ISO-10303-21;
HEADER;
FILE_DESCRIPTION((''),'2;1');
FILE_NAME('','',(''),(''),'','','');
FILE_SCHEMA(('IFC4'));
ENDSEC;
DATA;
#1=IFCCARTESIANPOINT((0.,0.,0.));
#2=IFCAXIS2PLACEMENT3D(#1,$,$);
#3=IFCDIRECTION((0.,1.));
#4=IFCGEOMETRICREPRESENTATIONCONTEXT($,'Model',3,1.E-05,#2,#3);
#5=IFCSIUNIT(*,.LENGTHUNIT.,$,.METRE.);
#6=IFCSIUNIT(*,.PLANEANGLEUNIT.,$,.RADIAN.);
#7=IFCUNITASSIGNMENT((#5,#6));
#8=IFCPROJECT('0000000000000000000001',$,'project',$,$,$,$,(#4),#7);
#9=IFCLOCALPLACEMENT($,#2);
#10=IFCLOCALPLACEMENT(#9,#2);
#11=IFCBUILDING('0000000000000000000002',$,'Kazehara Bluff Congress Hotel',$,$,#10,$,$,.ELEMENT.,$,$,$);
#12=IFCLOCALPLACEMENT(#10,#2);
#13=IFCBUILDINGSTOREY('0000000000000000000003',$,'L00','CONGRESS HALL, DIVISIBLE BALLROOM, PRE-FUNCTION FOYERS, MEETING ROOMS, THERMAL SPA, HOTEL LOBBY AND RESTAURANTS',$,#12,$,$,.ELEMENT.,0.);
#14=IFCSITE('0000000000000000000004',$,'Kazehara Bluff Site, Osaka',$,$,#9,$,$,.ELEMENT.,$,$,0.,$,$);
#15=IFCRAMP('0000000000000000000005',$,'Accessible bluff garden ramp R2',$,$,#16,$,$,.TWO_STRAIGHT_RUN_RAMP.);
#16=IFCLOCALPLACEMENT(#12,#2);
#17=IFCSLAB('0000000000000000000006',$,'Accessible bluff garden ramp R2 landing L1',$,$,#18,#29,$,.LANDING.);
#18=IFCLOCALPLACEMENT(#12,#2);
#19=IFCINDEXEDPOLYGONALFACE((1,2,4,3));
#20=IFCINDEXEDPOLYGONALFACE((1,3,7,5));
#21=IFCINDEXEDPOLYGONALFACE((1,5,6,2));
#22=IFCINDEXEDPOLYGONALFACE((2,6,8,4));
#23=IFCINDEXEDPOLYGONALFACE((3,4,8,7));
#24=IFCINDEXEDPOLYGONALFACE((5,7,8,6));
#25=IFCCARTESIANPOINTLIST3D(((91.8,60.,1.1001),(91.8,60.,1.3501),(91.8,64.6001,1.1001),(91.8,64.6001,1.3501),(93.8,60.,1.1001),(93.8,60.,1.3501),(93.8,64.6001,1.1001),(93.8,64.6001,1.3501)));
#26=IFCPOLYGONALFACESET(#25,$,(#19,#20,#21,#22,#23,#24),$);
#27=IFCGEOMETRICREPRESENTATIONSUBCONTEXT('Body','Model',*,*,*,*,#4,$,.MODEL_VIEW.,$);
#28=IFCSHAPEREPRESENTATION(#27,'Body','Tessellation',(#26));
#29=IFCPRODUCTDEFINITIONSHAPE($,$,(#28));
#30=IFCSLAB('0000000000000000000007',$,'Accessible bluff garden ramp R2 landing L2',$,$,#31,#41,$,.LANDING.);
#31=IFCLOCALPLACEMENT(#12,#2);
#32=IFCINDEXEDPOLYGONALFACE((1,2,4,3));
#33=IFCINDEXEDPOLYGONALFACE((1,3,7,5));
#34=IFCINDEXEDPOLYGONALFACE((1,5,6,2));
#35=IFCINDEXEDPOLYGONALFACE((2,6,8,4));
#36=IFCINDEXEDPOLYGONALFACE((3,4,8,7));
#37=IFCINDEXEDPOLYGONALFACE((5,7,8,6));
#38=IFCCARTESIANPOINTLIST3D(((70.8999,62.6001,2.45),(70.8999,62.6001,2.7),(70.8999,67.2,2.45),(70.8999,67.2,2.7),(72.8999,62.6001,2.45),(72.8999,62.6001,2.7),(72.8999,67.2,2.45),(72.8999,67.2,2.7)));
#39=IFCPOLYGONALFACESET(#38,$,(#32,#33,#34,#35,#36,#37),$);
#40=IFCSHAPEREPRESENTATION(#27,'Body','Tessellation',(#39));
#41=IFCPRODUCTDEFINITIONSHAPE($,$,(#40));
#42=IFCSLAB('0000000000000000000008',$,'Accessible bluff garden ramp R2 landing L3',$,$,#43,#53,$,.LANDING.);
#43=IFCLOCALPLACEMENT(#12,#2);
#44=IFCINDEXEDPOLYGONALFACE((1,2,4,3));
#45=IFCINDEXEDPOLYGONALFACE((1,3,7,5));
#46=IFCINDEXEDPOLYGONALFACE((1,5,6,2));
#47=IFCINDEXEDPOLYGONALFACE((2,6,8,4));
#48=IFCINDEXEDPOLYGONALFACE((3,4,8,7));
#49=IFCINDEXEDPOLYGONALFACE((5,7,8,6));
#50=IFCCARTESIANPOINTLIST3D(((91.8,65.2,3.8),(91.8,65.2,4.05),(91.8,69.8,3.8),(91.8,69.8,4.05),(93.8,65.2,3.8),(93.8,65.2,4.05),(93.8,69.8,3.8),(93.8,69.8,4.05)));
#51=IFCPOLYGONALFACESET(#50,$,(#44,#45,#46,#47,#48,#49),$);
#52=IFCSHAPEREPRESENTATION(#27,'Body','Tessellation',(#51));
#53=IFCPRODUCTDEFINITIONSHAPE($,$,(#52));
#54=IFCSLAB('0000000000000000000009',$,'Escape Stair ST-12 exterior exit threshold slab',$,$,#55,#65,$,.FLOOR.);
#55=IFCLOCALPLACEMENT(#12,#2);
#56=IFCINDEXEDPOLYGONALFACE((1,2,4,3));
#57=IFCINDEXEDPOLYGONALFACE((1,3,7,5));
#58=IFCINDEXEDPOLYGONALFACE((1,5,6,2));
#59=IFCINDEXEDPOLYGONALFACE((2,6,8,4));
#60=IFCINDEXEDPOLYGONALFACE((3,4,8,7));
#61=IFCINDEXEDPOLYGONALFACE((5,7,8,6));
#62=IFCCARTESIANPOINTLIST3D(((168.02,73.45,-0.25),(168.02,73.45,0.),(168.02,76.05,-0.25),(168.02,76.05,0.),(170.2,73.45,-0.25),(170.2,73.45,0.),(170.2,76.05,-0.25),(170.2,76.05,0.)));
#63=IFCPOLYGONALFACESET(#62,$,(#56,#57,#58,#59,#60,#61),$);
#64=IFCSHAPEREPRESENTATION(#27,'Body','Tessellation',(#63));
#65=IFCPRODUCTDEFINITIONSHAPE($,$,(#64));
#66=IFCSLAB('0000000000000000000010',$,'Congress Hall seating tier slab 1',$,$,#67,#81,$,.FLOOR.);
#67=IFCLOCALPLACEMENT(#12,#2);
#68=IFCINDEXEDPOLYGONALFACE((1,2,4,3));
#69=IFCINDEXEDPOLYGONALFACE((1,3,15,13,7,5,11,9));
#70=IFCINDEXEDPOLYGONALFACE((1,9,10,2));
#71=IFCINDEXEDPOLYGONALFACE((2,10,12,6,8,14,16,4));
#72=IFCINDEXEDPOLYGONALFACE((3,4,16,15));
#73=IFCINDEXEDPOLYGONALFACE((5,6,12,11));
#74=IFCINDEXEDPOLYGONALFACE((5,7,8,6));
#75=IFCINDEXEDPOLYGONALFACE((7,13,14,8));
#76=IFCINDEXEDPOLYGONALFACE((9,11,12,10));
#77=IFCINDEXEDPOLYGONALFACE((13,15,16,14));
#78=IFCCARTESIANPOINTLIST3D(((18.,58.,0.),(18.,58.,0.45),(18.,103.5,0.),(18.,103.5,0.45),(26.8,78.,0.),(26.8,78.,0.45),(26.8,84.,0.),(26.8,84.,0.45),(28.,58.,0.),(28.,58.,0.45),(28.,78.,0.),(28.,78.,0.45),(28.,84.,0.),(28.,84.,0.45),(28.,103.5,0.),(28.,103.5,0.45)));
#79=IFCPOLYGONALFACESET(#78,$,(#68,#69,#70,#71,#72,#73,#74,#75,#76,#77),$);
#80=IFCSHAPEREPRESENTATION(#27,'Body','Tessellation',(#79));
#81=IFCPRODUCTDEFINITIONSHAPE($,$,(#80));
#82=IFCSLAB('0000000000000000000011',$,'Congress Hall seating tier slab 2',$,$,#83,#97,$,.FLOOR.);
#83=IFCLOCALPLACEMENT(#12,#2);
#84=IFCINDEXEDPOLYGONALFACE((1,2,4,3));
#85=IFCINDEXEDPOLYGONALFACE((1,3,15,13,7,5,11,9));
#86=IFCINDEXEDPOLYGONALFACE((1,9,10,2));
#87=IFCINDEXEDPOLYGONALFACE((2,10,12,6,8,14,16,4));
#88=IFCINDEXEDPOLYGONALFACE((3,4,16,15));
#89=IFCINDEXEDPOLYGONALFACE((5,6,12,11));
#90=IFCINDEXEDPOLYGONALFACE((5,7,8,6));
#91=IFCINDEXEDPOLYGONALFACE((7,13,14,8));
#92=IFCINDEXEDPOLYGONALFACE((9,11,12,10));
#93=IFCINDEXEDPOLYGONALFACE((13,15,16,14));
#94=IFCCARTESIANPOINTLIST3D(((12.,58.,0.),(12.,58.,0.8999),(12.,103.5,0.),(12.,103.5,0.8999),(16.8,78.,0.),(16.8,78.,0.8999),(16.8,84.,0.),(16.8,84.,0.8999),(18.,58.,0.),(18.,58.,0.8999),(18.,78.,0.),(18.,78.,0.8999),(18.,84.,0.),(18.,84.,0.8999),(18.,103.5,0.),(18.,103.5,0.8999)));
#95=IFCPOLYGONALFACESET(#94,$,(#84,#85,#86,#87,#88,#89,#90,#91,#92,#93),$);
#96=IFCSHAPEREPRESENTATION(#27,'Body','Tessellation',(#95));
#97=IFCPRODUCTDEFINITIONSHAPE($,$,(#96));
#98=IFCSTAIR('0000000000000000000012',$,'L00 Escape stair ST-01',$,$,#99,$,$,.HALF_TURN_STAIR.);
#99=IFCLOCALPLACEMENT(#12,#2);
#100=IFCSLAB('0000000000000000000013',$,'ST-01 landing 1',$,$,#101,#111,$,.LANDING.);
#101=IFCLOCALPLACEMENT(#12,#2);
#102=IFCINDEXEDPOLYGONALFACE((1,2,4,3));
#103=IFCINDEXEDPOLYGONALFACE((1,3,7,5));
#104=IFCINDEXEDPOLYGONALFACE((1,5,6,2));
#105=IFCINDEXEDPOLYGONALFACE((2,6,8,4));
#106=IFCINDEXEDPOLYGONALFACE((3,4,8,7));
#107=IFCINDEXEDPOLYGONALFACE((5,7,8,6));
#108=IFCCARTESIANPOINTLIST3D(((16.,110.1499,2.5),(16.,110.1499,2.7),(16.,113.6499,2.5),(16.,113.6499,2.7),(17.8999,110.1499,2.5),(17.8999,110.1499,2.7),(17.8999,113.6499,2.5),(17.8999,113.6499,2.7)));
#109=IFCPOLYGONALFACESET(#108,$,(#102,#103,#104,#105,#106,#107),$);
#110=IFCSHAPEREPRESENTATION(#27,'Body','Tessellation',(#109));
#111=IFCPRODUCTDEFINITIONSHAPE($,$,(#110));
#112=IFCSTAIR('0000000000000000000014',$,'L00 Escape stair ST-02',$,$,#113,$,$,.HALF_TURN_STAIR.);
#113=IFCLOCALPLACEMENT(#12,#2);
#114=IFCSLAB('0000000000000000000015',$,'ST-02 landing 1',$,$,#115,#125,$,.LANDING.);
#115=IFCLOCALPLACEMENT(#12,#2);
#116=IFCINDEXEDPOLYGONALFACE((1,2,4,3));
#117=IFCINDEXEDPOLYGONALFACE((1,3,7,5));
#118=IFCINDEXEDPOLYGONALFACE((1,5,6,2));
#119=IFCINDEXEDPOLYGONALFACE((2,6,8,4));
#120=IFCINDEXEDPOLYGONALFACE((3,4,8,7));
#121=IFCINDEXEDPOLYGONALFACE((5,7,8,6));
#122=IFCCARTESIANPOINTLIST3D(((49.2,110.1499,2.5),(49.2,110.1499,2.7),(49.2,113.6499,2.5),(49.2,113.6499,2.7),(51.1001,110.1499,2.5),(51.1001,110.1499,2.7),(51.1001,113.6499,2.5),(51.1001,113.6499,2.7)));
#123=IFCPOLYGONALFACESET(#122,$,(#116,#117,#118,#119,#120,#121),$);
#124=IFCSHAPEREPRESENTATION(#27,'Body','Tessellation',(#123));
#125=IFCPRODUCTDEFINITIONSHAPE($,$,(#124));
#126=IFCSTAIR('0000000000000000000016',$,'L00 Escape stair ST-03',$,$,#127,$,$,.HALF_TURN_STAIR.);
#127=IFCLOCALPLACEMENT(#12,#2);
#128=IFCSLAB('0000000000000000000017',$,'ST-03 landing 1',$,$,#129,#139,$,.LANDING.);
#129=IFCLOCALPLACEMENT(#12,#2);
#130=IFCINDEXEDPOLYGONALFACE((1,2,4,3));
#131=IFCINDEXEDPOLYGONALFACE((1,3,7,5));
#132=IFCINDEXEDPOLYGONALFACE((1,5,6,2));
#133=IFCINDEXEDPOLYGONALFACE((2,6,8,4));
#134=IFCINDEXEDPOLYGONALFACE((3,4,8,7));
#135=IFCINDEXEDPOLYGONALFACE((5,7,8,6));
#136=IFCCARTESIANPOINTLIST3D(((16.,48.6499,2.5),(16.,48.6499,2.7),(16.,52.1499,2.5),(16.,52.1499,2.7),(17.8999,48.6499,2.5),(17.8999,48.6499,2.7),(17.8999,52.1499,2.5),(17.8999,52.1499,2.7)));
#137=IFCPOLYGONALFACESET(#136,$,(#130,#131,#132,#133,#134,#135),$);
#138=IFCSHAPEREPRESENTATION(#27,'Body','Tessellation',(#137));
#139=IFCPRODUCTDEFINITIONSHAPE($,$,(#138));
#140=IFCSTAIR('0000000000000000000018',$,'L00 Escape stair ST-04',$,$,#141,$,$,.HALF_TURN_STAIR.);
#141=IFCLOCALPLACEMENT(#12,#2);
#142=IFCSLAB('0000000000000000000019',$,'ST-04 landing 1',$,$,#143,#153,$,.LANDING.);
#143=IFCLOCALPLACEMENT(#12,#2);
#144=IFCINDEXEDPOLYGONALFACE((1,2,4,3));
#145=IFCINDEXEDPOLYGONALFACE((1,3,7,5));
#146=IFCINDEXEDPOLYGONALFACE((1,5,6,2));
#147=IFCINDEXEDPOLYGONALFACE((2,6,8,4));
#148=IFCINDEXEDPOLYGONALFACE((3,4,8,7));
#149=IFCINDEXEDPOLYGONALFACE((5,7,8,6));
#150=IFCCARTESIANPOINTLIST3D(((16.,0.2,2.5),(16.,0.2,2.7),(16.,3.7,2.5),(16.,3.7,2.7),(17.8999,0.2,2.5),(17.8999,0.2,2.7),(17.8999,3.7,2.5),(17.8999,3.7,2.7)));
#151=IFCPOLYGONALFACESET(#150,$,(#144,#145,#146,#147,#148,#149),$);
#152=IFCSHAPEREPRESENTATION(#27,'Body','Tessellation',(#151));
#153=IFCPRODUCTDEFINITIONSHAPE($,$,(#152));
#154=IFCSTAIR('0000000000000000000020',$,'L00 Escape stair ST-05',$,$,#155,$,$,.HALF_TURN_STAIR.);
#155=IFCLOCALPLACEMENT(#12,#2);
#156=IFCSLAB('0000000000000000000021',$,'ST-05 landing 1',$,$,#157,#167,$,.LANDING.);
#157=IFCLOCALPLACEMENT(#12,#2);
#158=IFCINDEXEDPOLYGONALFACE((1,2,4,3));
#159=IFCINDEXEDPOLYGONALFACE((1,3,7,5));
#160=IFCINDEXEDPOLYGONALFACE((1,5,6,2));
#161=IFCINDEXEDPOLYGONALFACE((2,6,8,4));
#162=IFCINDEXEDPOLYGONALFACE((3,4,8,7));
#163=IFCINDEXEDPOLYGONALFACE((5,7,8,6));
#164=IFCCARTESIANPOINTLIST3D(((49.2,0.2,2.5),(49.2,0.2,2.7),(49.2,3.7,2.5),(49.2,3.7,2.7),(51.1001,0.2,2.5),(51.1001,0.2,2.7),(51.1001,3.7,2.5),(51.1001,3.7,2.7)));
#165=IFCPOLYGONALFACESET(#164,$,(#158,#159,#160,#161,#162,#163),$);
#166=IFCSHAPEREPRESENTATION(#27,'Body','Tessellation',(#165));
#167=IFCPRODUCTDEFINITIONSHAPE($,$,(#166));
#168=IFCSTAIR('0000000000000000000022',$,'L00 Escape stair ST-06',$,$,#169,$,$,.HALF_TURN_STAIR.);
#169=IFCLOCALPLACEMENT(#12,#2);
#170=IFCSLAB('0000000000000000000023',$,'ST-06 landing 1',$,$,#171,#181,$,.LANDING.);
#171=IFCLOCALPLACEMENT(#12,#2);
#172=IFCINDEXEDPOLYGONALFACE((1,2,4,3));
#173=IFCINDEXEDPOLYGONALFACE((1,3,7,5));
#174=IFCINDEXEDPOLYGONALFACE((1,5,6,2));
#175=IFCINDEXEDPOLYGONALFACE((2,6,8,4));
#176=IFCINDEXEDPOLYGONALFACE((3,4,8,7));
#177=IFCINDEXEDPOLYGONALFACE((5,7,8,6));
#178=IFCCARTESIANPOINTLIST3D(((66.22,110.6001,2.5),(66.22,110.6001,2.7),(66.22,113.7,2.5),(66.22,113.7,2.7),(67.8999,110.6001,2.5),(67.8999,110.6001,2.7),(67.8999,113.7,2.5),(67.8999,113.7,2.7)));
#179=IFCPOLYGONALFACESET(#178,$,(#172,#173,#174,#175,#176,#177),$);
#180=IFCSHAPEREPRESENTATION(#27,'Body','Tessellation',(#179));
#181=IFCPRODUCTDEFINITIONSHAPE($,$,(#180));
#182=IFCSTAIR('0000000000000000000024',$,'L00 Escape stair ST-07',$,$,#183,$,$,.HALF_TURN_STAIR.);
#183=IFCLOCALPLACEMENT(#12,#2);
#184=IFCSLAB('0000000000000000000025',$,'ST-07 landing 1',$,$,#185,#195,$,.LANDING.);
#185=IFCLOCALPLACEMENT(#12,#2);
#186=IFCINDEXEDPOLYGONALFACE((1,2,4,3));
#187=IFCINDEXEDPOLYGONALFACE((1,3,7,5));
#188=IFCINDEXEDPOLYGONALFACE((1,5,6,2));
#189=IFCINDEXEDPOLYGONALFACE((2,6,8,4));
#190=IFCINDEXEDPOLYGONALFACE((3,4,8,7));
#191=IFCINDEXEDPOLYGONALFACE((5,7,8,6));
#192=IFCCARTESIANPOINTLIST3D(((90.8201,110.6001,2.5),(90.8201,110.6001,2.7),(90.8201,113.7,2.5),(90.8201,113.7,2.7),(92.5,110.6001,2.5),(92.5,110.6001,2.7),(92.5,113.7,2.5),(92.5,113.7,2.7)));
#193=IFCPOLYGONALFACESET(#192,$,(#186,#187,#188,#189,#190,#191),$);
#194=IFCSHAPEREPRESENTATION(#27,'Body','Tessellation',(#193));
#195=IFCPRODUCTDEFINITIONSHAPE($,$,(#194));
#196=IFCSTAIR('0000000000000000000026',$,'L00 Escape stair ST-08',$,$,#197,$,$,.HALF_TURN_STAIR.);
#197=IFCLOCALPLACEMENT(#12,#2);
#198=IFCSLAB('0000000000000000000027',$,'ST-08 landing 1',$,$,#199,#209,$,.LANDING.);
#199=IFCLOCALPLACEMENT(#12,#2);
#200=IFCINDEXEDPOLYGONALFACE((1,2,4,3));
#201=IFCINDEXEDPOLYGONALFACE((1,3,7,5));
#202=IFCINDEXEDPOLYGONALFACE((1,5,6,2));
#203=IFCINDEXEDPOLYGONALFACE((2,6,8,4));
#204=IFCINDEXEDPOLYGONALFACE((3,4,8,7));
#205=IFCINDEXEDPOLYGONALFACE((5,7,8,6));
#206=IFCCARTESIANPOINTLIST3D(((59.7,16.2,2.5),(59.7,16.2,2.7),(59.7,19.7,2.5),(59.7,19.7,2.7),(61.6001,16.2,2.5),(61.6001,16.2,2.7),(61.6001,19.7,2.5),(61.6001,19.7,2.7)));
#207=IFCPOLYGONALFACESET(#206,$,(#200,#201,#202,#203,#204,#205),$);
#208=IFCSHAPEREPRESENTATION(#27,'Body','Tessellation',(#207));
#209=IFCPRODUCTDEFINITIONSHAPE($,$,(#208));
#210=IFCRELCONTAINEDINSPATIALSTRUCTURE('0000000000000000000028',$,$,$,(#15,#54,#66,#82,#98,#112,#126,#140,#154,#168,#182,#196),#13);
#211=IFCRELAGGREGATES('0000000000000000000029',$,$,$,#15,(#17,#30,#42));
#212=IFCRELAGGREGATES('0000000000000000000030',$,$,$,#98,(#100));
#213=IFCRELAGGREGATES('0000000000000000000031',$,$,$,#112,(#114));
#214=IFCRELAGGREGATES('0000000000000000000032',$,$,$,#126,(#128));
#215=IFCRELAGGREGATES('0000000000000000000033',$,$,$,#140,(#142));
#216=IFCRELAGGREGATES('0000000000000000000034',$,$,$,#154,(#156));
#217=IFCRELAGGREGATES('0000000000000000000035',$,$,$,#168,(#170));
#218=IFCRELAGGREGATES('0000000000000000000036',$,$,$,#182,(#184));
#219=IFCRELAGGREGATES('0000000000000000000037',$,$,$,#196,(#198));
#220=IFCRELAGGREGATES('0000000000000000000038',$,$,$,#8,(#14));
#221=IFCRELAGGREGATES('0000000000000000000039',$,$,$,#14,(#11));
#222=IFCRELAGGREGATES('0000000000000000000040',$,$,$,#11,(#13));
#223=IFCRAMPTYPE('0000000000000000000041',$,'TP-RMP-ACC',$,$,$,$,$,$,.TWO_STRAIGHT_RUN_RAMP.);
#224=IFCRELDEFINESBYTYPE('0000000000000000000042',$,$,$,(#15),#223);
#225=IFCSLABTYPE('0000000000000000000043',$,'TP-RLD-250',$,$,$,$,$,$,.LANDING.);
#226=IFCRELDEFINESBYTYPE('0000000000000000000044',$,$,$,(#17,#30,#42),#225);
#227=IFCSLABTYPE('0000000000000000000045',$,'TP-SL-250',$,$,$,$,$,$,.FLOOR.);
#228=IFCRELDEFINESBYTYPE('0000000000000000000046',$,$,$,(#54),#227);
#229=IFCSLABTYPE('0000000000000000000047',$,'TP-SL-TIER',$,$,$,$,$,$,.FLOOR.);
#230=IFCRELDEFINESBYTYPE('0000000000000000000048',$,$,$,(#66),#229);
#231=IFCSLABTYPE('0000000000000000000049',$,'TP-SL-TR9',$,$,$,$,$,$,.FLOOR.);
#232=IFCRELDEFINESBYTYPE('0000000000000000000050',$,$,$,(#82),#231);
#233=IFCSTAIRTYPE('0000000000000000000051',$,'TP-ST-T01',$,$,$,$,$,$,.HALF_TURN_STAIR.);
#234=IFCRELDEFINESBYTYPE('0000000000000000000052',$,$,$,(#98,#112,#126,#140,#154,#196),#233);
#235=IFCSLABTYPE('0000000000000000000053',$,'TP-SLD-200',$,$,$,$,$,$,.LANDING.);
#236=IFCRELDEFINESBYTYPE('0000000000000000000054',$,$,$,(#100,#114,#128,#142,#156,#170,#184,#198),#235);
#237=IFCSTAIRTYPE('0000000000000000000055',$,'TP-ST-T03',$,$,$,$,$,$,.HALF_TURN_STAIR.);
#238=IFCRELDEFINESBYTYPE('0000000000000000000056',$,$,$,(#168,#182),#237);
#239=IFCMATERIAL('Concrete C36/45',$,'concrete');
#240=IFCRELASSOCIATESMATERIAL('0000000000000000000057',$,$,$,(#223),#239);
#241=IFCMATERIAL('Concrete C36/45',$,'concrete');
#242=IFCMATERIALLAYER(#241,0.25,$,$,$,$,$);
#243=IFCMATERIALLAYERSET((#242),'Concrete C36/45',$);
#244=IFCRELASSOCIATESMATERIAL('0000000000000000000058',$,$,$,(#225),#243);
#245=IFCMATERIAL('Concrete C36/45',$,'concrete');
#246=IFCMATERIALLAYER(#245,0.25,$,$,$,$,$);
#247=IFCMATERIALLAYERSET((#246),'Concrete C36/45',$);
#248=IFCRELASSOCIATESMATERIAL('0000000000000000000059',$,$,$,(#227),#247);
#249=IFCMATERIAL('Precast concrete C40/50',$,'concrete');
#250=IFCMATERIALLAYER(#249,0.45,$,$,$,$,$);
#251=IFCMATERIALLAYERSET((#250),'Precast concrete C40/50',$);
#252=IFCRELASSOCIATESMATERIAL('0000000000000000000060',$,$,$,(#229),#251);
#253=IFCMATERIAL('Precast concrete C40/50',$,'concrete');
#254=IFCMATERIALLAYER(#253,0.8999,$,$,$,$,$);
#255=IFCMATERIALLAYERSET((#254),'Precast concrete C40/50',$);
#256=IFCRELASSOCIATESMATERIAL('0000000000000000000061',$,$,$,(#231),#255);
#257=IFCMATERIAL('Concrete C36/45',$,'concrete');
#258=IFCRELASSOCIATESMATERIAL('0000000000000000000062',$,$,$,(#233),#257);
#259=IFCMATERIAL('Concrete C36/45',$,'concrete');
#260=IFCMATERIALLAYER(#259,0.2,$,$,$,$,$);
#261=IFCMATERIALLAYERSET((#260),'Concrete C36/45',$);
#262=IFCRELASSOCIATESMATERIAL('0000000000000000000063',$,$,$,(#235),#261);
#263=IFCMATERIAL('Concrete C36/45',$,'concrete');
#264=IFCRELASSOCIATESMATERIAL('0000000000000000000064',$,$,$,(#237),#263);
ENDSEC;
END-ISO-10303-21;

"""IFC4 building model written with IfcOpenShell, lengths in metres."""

from ifc_helpers import new_model, si_unit, direction, frame, origin, place, context, subcontext, project, spatial, polyline, outline, extrude, material, layer, layer_set, type_object, element, aggregate, save


model = new_model("IFC4")

# Units and contexts
model_context = context("Model", 3, precision=1e-05, world=origin(), true_north=direction((0.0, 1.0)))
body_context = subcontext(model_context, "Body", "Model", "MODEL_VIEW")
ifc_project = project(units=[si_unit("LENGTHUNIT", "METRE"), si_unit("PLANEANGLEUNIT", "RADIAN")], contexts=[model_context])

# Site, building, storey
site_placement = place(None, origin())
site = spatial("IfcSite", under=ifc_project, at=site_placement, Name="Kazehara Bluff Site, Osaka", CompositionType="ELEMENT", RefElevation=0.0)
building_placement = place(site_placement, origin())
building = spatial("IfcBuilding", under=site, at=building_placement, Name="Kazehara Bluff Congress Hotel", CompositionType="ELEMENT")
storey_placement = place(building_placement, origin())
storey = spatial("IfcBuildingStorey", under=building, at=storey_placement, Name="L00", Description="CONGRESS HALL, DIVISIBLE BALLROOM, PRE-FUNCTION FOYERS, MEETING ROOMS, THERMAL SPA, HOTEL LOBBY AND RESTAURANTS", CompositionType="ELEMENT", Elevation=0.0)

# Ramp, slabs
ifc_material_1 = material(Name="Concrete C36/45", Category="concrete")
ramp_type = type_object("IfcRampType", Name="TP-RMP-ACC", PredefinedType="TWO_STRAIGHT_RUN_RAMP", material=ifc_material_1)
ramp_placement = place(storey_placement, origin())
ramp = element("IfcRamp", 1, at=ramp_placement, inside=storey, type_object=ramp_type, Name="Accessible bluff garden ramp R2", PredefinedType="TWO_STRAIGHT_RUN_RAMP")
ifc_material_2 = material(Name="Concrete C36/45", Category="concrete")
ifc_layer_1 = layer(ifc_material_2, 0.25)
ifc_layer_set_1 = layer_set([ifc_layer_1], Name="Concrete C36/45")
slab_type_1 = type_object("IfcSlabType", Name="TP-RLD-250", PredefinedType="LANDING", material=ifc_layer_set_1)
slab_1_placement = place(storey_placement, frame((0.0, 0.0, 1.1001)))
slab_1 = element("IfcSlab", 2, at=slab_1_placement, type_object=slab_type_1, Name="Accessible bluff garden ramp R2 landing L1", PredefinedType="LANDING", context=body_context, shape_type="SweptSolid", body=[
    extrude(outline(polyline([(91.8, 60.0), (93.8, 60.0), (93.8, 64.6001), (91.8, 64.6001), (91.8, 60.0)])), origin(), (0.0, 0.0, 1.0), 0.25),
])
slab_2_placement = place(storey_placement, frame((0.0, 0.0, 2.45)))
slab_2 = element("IfcSlab", 3, at=slab_2_placement, type_object=slab_type_1, Name="Accessible bluff garden ramp R2 landing L2", PredefinedType="LANDING", context=body_context, shape_type="SweptSolid", body=[
    extrude(outline(polyline([(70.8999, 62.6001), (72.8999, 62.6001), (72.8999, 67.2), (70.8999, 67.2), (70.8999, 62.6001)])), origin(), (0.0, 0.0, 1.0), 0.25),
])
slab_3_placement = place(storey_placement, frame((0.0, 0.0, 3.8)))
slab_3 = element("IfcSlab", 4, at=slab_3_placement, type_object=slab_type_1, Name="Accessible bluff garden ramp R2 landing L3", PredefinedType="LANDING", context=body_context, shape_type="SweptSolid", body=[
    extrude(outline(polyline([(91.8, 65.2), (93.8, 65.2), (93.8, 69.8), (91.8, 69.8), (91.8, 65.2)])), origin(), (0.0, 0.0, 1.0), 0.25),
])
aggregate(ramp, [slab_1, slab_2, slab_3])

# Slabs
ifc_material_3 = material(Name="Concrete C36/45", Category="concrete")
ifc_layer_2 = layer(ifc_material_3, 0.25)
ifc_layer_set_2 = layer_set([ifc_layer_2], Name="Concrete C36/45")
slab_type_2 = type_object("IfcSlabType", Name="TP-SL-250", PredefinedType="FLOOR", material=ifc_layer_set_2)
slab_4_placement = place(storey_placement, frame((0.0, 0.0, -0.25)))
element("IfcSlab", 5, at=slab_4_placement, inside=storey, type_object=slab_type_2, Name="Escape Stair ST-12 exterior exit threshold slab", PredefinedType="FLOOR", context=body_context, shape_type="SweptSolid", body=[
    extrude(outline(polyline([(168.02, 73.45), (170.2, 73.45), (170.2, 76.05), (168.02, 76.05), (168.02, 73.45)])), origin(), (0.0, 0.0, 1.0), 0.25),
])
ifc_material_4 = material(Name="Precast concrete C40/50", Category="concrete")
ifc_layer_3 = layer(ifc_material_4, 0.45)
ifc_layer_set_3 = layer_set([ifc_layer_3], Name="Precast concrete C40/50")
slab_type_3 = type_object("IfcSlabType", Name="TP-SL-TIER", PredefinedType="FLOOR", material=ifc_layer_set_3)
slab_5_placement = place(storey_placement, origin())
element("IfcSlab", 6, at=slab_5_placement, inside=storey, type_object=slab_type_3, Name="Congress Hall seating tier slab 1", PredefinedType="FLOOR", context=body_context, shape_type="SweptSolid", body=[
    extrude(outline(polyline([(18.0, 58.0), (28.0, 58.0), (28.0, 78.0), (26.8, 78.0), (26.8, 84.0), (28.0, 84.0), (28.0, 103.5), (18.0, 103.5), (18.0, 58.0)])), origin(), (0.0, 0.0, 1.0), 0.45),
])
ifc_material_5 = material(Name="Precast concrete C40/50", Category="concrete")
ifc_layer_4 = layer(ifc_material_5, 0.8999)
ifc_layer_set_4 = layer_set([ifc_layer_4], Name="Precast concrete C40/50")
slab_type_4 = type_object("IfcSlabType", Name="TP-SL-TR9", PredefinedType="FLOOR", material=ifc_layer_set_4)
slab_6_placement = place(storey_placement, origin())
element("IfcSlab", 7, at=slab_6_placement, inside=storey, type_object=slab_type_4, Name="Congress Hall seating tier slab 2", PredefinedType="FLOOR", context=body_context, shape_type="SweptSolid", body=[
    extrude(outline(polyline([(12.0, 58.0), (18.0, 58.0), (18.0, 78.0), (16.8, 78.0), (16.8, 84.0), (18.0, 84.0), (18.0, 103.5), (12.0, 103.5), (12.0, 58.0)])), origin(), (0.0, 0.0, 1.0), 0.8999),
])

# Stairs, slabs
ifc_material_6 = material(Name="Concrete C36/45", Category="concrete")
stair_type_1 = type_object("IfcStairType", Name="TP-ST-T01", PredefinedType="HALF_TURN_STAIR", material=ifc_material_6)
stair_1_placement = place(storey_placement, origin())
stair_1 = element("IfcStair", 8, at=stair_1_placement, inside=storey, type_object=stair_type_1, Name="L00 Escape stair ST-01", PredefinedType="HALF_TURN_STAIR")
ifc_material_7 = material(Name="Concrete C36/45", Category="concrete")
ifc_layer_5 = layer(ifc_material_7, 0.2)
ifc_layer_set_5 = layer_set([ifc_layer_5], Name="Concrete C36/45")
slab_type_5 = type_object("IfcSlabType", Name="TP-SLD-200", PredefinedType="LANDING", material=ifc_layer_set_5)
slab_7_placement = place(storey_placement, frame((0.0, 0.0, 2.5)))
slab_7 = element("IfcSlab", 9, at=slab_7_placement, type_object=slab_type_5, Name="ST-01 landing 1", PredefinedType="LANDING", context=body_context, shape_type="SweptSolid", body=[
    extrude(outline(polyline([(16.0, 110.1499), (17.8999, 110.1499), (17.8999, 113.6499), (16.0, 113.6499), (16.0, 110.1499)])), origin(), (0.0, 0.0, 1.0), 0.2),
])
aggregate(stair_1, [slab_7])
stair_2_placement = place(storey_placement, origin())
stair_2 = element("IfcStair", 10, at=stair_2_placement, inside=storey, type_object=stair_type_1, Name="L00 Escape stair ST-02", PredefinedType="HALF_TURN_STAIR")
slab_8_placement = place(storey_placement, frame((0.0, 0.0, 2.5)))
slab_8 = element("IfcSlab", 11, at=slab_8_placement, type_object=slab_type_5, Name="ST-02 landing 1", PredefinedType="LANDING", context=body_context, shape_type="SweptSolid", body=[
    extrude(outline(polyline([(49.2, 110.1499), (51.1001, 110.1499), (51.1001, 113.6499), (49.2, 113.6499), (49.2, 110.1499)])), origin(), (0.0, 0.0, 1.0), 0.2),
])
aggregate(stair_2, [slab_8])
stair_3_placement = place(storey_placement, origin())
stair_3 = element("IfcStair", 12, at=stair_3_placement, inside=storey, type_object=stair_type_1, Name="L00 Escape stair ST-03", PredefinedType="HALF_TURN_STAIR")
slab_9_placement = place(storey_placement, frame((0.0, 0.0, 2.5)))
slab_9 = element("IfcSlab", 13, at=slab_9_placement, type_object=slab_type_5, Name="ST-03 landing 1", PredefinedType="LANDING", context=body_context, shape_type="SweptSolid", body=[
    extrude(outline(polyline([(16.0, 48.6499), (17.8999, 48.6499), (17.8999, 52.1499), (16.0, 52.1499), (16.0, 48.6499)])), origin(), (0.0, 0.0, 1.0), 0.2),
])
aggregate(stair_3, [slab_9])
stair_4_placement = place(storey_placement, origin())
stair_4 = element("IfcStair", 14, at=stair_4_placement, inside=storey, type_object=stair_type_1, Name="L00 Escape stair ST-04", PredefinedType="HALF_TURN_STAIR")
slab_10_placement = place(storey_placement, frame((0.0, 0.0, 2.5)))
slab_10 = element("IfcSlab", 15, at=slab_10_placement, type_object=slab_type_5, Name="ST-04 landing 1", PredefinedType="LANDING", context=body_context, shape_type="SweptSolid", body=[
    extrude(outline(polyline([(16.0, 0.2), (17.8999, 0.2), (17.8999, 3.7), (16.0, 3.7), (16.0, 0.2)])), origin(), (0.0, 0.0, 1.0), 0.2),
])
aggregate(stair_4, [slab_10])
stair_5_placement = place(storey_placement, origin())
stair_5 = element("IfcStair", 16, at=stair_5_placement, inside=storey, type_object=stair_type_1, Name="L00 Escape stair ST-05", PredefinedType="HALF_TURN_STAIR")
slab_11_placement = place(storey_placement, frame((0.0, 0.0, 2.5)))
slab_11 = element("IfcSlab", 17, at=slab_11_placement, type_object=slab_type_5, Name="ST-05 landing 1", PredefinedType="LANDING", context=body_context, shape_type="SweptSolid", body=[
    extrude(outline(polyline([(49.2, 0.2), (51.1001, 0.2), (51.1001, 3.7), (49.2, 3.7), (49.2, 0.2)])), origin(), (0.0, 0.0, 1.0), 0.2),
])
aggregate(stair_5, [slab_11])
ifc_material_8 = material(Name="Concrete C36/45", Category="concrete")
stair_type_2 = type_object("IfcStairType", Name="TP-ST-T03", PredefinedType="HALF_TURN_STAIR", material=ifc_material_8)
stair_6_placement = place(storey_placement, origin())
stair_6 = element("IfcStair", 18, at=stair_6_placement, inside=storey, type_object=stair_type_2, Name="L00 Escape stair ST-06", PredefinedType="HALF_TURN_STAIR")
slab_12_placement = place(storey_placement, frame((0.0, 0.0, 2.5)))
slab_12 = element("IfcSlab", 19, at=slab_12_placement, type_object=slab_type_5, Name="ST-06 landing 1", PredefinedType="LANDING", context=body_context, shape_type="SweptSolid", body=[
    extrude(outline(polyline([(66.22, 110.6001), (67.8999, 110.6001), (67.8999, 113.7), (66.22, 113.7), (66.22, 110.6001)])), origin(), (0.0, 0.0, 1.0), 0.2),
])
aggregate(stair_6, [slab_12])
stair_7_placement = place(storey_placement, origin())
stair_7 = element("IfcStair", 20, at=stair_7_placement, inside=storey, type_object=stair_type_2, Name="L00 Escape stair ST-07", PredefinedType="HALF_TURN_STAIR")
slab_13_placement = place(storey_placement, frame((0.0, 0.0, 2.5)))
slab_13 = element("IfcSlab", 21, at=slab_13_placement, type_object=slab_type_5, Name="ST-07 landing 1", PredefinedType="LANDING", context=body_context, shape_type="SweptSolid", body=[
    extrude(outline(polyline([(90.8201, 110.6001), (92.5, 110.6001), (92.5, 113.7), (90.8201, 113.7), (90.8201, 110.6001)])), origin(), (0.0, 0.0, 1.0), 0.2),
])
aggregate(stair_7, [slab_13])
stair_8_placement = place(storey_placement, origin())
stair_8 = element("IfcStair", 22, at=stair_8_placement, inside=storey, type_object=stair_type_1, Name="L00 Escape stair ST-08", PredefinedType="HALF_TURN_STAIR")
slab_14_placement = place(storey_placement, frame((0.0, 0.0, 2.5)))
slab_14 = element("IfcSlab", 23, at=slab_14_placement, type_object=slab_type_5, Name="ST-08 landing 1", PredefinedType="LANDING", context=body_context, shape_type="SweptSolid", body=[
    extrude(outline(polyline([(61.6001, 19.7), (59.7, 19.7), (59.7, 16.2), (61.6001, 16.2), (61.6001, 19.7)])), origin(), (0.0, 0.0, 1.0), 0.2),
])
aggregate(stair_8, [slab_14])

save(model, "model.ifc")
